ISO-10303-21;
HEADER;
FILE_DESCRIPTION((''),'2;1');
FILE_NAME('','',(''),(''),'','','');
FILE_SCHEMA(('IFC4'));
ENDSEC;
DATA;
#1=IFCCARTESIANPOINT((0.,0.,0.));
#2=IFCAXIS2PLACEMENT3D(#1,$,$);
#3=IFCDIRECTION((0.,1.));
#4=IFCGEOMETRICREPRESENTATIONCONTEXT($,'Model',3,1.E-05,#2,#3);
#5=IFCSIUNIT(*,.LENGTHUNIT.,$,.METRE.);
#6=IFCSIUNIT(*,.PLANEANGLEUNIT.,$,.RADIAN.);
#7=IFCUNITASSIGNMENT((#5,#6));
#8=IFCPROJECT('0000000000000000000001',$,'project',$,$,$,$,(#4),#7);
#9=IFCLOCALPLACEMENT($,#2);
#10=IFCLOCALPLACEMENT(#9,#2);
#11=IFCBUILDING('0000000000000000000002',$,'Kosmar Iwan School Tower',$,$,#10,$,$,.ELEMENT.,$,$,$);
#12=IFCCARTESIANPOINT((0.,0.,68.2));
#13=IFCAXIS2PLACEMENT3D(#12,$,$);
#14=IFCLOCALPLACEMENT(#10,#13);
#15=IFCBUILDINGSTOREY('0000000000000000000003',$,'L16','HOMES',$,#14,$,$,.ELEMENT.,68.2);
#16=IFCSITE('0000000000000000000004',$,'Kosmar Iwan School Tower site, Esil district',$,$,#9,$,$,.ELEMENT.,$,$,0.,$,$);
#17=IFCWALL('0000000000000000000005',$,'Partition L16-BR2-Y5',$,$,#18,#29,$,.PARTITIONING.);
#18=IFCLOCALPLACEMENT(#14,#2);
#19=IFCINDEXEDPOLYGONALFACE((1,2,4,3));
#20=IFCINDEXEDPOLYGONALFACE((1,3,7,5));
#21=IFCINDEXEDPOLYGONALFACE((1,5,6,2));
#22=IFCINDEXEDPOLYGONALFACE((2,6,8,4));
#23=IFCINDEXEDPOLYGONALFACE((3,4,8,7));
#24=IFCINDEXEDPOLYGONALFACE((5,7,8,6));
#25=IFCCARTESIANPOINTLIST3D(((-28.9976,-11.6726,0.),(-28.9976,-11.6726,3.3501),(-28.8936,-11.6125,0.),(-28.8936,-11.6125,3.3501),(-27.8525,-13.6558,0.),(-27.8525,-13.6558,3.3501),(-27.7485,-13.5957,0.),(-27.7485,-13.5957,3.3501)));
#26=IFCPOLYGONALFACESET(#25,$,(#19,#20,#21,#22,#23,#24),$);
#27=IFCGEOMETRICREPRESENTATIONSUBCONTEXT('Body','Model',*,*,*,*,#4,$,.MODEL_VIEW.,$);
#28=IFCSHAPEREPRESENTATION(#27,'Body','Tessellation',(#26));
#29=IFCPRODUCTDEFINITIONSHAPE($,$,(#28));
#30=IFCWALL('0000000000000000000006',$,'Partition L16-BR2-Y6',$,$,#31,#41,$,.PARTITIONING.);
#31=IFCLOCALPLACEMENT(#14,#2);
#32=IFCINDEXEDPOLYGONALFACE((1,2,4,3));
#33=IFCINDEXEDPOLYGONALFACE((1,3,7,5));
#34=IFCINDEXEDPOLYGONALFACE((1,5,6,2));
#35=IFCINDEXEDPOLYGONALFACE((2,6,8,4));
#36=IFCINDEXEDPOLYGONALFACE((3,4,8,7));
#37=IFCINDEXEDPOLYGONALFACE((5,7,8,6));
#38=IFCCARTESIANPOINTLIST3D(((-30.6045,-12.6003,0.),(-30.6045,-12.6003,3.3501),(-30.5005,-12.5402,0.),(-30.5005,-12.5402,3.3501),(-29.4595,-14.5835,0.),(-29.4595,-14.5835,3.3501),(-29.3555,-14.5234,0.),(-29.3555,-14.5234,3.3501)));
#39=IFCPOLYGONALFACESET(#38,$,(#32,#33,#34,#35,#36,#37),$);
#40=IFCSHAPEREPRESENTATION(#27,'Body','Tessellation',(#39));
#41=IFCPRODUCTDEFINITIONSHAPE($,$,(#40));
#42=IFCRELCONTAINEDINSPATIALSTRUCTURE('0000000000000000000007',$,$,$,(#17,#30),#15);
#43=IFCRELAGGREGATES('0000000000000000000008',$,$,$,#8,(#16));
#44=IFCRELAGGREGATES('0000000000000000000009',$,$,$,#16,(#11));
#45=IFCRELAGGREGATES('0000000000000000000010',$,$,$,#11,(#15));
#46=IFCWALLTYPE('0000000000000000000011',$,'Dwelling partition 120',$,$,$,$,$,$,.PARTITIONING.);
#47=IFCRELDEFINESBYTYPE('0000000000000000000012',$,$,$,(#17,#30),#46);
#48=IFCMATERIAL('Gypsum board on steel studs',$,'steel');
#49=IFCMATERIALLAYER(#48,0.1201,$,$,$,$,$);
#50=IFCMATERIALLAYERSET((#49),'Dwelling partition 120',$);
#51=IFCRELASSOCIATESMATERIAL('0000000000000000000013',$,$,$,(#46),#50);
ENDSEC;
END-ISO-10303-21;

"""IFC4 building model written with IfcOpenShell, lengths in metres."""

from ifc_helpers import new_model, si_unit, direction, frame, frame_2d, origin, place, context, subcontext, project, spatial, rectangle, extrude, material, layer, layer_set, type_object, element, save


model = new_model("IFC4")

# Units and contexts
model_context = context("Model", 3, precision=1e-05, world=origin(), true_north=direction((0.0, 1.0)))
body_context = subcontext(model_context, "Body", "Model", "MODEL_VIEW")
ifc_project = project(units=[si_unit("LENGTHUNIT", "METRE"), si_unit("PLANEANGLEUNIT", "RADIAN")], contexts=[model_context])

# Site, building, storey
site_placement = place(None, origin())
site = spatial("IfcSite", under=ifc_project, at=site_placement, Name="Kosmar Iwan School Tower site, Esil district", CompositionType="ELEMENT", RefElevation=0.0)
building_placement = place(site_placement, origin())
building = spatial("IfcBuilding", under=site, at=building_placement, Name="Kosmar Iwan School Tower", CompositionType="ELEMENT")
storey_placement = place(building_placement, frame((0.0, 0.0, 68.2)))
storey = spatial("IfcBuildingStorey", under=building, at=storey_placement, Name="L16", Description="HOMES", CompositionType="ELEMENT", Elevation=68.2)

# Walls
ifc_material_1 = material(Name="Gypsum board on steel studs", Category="steel")
ifc_layer_1 = layer(ifc_material_1, 0.1201)
ifc_layer_set_1 = layer_set([ifc_layer_1], Name="Dwelling partition 120")
wall_type_1 = type_object("IfcWallType", Name="Dwelling partition 120", PredefinedType="PARTITIONING", material=ifc_layer_set_1)
for number, where, z_axis, x_axis, name in (
    (1, (-27.8005, -13.6257, 0.0), (0.0, 0.0, 1.0), (-0.500015, 0.866017, 0.0), "Partition L16-BR2-Y5"),
    (2, (-29.4075, -14.5535, 0.0), (0.0, 0.0, 1.0), (-0.500015, 0.866017, 0.0), "Partition L16-BR2-Y6"),
):
    element("IfcWall", number, at=place(storey_placement, frame(where, z_axis=z_axis, x_axis=x_axis)), inside=storey, type_object=wall_type_1, Name=name, PredefinedType="PARTITIONING", context=body_context, shape_type="SweptSolid", body=[
        extrude(rectangle(XDim=2.29, YDim=0.1201, at=frame_2d((1.145, 0.0))), origin(), (0.0, 0.0, 1.0), 3.3501),
    ])

save(model, "model.ifc")
